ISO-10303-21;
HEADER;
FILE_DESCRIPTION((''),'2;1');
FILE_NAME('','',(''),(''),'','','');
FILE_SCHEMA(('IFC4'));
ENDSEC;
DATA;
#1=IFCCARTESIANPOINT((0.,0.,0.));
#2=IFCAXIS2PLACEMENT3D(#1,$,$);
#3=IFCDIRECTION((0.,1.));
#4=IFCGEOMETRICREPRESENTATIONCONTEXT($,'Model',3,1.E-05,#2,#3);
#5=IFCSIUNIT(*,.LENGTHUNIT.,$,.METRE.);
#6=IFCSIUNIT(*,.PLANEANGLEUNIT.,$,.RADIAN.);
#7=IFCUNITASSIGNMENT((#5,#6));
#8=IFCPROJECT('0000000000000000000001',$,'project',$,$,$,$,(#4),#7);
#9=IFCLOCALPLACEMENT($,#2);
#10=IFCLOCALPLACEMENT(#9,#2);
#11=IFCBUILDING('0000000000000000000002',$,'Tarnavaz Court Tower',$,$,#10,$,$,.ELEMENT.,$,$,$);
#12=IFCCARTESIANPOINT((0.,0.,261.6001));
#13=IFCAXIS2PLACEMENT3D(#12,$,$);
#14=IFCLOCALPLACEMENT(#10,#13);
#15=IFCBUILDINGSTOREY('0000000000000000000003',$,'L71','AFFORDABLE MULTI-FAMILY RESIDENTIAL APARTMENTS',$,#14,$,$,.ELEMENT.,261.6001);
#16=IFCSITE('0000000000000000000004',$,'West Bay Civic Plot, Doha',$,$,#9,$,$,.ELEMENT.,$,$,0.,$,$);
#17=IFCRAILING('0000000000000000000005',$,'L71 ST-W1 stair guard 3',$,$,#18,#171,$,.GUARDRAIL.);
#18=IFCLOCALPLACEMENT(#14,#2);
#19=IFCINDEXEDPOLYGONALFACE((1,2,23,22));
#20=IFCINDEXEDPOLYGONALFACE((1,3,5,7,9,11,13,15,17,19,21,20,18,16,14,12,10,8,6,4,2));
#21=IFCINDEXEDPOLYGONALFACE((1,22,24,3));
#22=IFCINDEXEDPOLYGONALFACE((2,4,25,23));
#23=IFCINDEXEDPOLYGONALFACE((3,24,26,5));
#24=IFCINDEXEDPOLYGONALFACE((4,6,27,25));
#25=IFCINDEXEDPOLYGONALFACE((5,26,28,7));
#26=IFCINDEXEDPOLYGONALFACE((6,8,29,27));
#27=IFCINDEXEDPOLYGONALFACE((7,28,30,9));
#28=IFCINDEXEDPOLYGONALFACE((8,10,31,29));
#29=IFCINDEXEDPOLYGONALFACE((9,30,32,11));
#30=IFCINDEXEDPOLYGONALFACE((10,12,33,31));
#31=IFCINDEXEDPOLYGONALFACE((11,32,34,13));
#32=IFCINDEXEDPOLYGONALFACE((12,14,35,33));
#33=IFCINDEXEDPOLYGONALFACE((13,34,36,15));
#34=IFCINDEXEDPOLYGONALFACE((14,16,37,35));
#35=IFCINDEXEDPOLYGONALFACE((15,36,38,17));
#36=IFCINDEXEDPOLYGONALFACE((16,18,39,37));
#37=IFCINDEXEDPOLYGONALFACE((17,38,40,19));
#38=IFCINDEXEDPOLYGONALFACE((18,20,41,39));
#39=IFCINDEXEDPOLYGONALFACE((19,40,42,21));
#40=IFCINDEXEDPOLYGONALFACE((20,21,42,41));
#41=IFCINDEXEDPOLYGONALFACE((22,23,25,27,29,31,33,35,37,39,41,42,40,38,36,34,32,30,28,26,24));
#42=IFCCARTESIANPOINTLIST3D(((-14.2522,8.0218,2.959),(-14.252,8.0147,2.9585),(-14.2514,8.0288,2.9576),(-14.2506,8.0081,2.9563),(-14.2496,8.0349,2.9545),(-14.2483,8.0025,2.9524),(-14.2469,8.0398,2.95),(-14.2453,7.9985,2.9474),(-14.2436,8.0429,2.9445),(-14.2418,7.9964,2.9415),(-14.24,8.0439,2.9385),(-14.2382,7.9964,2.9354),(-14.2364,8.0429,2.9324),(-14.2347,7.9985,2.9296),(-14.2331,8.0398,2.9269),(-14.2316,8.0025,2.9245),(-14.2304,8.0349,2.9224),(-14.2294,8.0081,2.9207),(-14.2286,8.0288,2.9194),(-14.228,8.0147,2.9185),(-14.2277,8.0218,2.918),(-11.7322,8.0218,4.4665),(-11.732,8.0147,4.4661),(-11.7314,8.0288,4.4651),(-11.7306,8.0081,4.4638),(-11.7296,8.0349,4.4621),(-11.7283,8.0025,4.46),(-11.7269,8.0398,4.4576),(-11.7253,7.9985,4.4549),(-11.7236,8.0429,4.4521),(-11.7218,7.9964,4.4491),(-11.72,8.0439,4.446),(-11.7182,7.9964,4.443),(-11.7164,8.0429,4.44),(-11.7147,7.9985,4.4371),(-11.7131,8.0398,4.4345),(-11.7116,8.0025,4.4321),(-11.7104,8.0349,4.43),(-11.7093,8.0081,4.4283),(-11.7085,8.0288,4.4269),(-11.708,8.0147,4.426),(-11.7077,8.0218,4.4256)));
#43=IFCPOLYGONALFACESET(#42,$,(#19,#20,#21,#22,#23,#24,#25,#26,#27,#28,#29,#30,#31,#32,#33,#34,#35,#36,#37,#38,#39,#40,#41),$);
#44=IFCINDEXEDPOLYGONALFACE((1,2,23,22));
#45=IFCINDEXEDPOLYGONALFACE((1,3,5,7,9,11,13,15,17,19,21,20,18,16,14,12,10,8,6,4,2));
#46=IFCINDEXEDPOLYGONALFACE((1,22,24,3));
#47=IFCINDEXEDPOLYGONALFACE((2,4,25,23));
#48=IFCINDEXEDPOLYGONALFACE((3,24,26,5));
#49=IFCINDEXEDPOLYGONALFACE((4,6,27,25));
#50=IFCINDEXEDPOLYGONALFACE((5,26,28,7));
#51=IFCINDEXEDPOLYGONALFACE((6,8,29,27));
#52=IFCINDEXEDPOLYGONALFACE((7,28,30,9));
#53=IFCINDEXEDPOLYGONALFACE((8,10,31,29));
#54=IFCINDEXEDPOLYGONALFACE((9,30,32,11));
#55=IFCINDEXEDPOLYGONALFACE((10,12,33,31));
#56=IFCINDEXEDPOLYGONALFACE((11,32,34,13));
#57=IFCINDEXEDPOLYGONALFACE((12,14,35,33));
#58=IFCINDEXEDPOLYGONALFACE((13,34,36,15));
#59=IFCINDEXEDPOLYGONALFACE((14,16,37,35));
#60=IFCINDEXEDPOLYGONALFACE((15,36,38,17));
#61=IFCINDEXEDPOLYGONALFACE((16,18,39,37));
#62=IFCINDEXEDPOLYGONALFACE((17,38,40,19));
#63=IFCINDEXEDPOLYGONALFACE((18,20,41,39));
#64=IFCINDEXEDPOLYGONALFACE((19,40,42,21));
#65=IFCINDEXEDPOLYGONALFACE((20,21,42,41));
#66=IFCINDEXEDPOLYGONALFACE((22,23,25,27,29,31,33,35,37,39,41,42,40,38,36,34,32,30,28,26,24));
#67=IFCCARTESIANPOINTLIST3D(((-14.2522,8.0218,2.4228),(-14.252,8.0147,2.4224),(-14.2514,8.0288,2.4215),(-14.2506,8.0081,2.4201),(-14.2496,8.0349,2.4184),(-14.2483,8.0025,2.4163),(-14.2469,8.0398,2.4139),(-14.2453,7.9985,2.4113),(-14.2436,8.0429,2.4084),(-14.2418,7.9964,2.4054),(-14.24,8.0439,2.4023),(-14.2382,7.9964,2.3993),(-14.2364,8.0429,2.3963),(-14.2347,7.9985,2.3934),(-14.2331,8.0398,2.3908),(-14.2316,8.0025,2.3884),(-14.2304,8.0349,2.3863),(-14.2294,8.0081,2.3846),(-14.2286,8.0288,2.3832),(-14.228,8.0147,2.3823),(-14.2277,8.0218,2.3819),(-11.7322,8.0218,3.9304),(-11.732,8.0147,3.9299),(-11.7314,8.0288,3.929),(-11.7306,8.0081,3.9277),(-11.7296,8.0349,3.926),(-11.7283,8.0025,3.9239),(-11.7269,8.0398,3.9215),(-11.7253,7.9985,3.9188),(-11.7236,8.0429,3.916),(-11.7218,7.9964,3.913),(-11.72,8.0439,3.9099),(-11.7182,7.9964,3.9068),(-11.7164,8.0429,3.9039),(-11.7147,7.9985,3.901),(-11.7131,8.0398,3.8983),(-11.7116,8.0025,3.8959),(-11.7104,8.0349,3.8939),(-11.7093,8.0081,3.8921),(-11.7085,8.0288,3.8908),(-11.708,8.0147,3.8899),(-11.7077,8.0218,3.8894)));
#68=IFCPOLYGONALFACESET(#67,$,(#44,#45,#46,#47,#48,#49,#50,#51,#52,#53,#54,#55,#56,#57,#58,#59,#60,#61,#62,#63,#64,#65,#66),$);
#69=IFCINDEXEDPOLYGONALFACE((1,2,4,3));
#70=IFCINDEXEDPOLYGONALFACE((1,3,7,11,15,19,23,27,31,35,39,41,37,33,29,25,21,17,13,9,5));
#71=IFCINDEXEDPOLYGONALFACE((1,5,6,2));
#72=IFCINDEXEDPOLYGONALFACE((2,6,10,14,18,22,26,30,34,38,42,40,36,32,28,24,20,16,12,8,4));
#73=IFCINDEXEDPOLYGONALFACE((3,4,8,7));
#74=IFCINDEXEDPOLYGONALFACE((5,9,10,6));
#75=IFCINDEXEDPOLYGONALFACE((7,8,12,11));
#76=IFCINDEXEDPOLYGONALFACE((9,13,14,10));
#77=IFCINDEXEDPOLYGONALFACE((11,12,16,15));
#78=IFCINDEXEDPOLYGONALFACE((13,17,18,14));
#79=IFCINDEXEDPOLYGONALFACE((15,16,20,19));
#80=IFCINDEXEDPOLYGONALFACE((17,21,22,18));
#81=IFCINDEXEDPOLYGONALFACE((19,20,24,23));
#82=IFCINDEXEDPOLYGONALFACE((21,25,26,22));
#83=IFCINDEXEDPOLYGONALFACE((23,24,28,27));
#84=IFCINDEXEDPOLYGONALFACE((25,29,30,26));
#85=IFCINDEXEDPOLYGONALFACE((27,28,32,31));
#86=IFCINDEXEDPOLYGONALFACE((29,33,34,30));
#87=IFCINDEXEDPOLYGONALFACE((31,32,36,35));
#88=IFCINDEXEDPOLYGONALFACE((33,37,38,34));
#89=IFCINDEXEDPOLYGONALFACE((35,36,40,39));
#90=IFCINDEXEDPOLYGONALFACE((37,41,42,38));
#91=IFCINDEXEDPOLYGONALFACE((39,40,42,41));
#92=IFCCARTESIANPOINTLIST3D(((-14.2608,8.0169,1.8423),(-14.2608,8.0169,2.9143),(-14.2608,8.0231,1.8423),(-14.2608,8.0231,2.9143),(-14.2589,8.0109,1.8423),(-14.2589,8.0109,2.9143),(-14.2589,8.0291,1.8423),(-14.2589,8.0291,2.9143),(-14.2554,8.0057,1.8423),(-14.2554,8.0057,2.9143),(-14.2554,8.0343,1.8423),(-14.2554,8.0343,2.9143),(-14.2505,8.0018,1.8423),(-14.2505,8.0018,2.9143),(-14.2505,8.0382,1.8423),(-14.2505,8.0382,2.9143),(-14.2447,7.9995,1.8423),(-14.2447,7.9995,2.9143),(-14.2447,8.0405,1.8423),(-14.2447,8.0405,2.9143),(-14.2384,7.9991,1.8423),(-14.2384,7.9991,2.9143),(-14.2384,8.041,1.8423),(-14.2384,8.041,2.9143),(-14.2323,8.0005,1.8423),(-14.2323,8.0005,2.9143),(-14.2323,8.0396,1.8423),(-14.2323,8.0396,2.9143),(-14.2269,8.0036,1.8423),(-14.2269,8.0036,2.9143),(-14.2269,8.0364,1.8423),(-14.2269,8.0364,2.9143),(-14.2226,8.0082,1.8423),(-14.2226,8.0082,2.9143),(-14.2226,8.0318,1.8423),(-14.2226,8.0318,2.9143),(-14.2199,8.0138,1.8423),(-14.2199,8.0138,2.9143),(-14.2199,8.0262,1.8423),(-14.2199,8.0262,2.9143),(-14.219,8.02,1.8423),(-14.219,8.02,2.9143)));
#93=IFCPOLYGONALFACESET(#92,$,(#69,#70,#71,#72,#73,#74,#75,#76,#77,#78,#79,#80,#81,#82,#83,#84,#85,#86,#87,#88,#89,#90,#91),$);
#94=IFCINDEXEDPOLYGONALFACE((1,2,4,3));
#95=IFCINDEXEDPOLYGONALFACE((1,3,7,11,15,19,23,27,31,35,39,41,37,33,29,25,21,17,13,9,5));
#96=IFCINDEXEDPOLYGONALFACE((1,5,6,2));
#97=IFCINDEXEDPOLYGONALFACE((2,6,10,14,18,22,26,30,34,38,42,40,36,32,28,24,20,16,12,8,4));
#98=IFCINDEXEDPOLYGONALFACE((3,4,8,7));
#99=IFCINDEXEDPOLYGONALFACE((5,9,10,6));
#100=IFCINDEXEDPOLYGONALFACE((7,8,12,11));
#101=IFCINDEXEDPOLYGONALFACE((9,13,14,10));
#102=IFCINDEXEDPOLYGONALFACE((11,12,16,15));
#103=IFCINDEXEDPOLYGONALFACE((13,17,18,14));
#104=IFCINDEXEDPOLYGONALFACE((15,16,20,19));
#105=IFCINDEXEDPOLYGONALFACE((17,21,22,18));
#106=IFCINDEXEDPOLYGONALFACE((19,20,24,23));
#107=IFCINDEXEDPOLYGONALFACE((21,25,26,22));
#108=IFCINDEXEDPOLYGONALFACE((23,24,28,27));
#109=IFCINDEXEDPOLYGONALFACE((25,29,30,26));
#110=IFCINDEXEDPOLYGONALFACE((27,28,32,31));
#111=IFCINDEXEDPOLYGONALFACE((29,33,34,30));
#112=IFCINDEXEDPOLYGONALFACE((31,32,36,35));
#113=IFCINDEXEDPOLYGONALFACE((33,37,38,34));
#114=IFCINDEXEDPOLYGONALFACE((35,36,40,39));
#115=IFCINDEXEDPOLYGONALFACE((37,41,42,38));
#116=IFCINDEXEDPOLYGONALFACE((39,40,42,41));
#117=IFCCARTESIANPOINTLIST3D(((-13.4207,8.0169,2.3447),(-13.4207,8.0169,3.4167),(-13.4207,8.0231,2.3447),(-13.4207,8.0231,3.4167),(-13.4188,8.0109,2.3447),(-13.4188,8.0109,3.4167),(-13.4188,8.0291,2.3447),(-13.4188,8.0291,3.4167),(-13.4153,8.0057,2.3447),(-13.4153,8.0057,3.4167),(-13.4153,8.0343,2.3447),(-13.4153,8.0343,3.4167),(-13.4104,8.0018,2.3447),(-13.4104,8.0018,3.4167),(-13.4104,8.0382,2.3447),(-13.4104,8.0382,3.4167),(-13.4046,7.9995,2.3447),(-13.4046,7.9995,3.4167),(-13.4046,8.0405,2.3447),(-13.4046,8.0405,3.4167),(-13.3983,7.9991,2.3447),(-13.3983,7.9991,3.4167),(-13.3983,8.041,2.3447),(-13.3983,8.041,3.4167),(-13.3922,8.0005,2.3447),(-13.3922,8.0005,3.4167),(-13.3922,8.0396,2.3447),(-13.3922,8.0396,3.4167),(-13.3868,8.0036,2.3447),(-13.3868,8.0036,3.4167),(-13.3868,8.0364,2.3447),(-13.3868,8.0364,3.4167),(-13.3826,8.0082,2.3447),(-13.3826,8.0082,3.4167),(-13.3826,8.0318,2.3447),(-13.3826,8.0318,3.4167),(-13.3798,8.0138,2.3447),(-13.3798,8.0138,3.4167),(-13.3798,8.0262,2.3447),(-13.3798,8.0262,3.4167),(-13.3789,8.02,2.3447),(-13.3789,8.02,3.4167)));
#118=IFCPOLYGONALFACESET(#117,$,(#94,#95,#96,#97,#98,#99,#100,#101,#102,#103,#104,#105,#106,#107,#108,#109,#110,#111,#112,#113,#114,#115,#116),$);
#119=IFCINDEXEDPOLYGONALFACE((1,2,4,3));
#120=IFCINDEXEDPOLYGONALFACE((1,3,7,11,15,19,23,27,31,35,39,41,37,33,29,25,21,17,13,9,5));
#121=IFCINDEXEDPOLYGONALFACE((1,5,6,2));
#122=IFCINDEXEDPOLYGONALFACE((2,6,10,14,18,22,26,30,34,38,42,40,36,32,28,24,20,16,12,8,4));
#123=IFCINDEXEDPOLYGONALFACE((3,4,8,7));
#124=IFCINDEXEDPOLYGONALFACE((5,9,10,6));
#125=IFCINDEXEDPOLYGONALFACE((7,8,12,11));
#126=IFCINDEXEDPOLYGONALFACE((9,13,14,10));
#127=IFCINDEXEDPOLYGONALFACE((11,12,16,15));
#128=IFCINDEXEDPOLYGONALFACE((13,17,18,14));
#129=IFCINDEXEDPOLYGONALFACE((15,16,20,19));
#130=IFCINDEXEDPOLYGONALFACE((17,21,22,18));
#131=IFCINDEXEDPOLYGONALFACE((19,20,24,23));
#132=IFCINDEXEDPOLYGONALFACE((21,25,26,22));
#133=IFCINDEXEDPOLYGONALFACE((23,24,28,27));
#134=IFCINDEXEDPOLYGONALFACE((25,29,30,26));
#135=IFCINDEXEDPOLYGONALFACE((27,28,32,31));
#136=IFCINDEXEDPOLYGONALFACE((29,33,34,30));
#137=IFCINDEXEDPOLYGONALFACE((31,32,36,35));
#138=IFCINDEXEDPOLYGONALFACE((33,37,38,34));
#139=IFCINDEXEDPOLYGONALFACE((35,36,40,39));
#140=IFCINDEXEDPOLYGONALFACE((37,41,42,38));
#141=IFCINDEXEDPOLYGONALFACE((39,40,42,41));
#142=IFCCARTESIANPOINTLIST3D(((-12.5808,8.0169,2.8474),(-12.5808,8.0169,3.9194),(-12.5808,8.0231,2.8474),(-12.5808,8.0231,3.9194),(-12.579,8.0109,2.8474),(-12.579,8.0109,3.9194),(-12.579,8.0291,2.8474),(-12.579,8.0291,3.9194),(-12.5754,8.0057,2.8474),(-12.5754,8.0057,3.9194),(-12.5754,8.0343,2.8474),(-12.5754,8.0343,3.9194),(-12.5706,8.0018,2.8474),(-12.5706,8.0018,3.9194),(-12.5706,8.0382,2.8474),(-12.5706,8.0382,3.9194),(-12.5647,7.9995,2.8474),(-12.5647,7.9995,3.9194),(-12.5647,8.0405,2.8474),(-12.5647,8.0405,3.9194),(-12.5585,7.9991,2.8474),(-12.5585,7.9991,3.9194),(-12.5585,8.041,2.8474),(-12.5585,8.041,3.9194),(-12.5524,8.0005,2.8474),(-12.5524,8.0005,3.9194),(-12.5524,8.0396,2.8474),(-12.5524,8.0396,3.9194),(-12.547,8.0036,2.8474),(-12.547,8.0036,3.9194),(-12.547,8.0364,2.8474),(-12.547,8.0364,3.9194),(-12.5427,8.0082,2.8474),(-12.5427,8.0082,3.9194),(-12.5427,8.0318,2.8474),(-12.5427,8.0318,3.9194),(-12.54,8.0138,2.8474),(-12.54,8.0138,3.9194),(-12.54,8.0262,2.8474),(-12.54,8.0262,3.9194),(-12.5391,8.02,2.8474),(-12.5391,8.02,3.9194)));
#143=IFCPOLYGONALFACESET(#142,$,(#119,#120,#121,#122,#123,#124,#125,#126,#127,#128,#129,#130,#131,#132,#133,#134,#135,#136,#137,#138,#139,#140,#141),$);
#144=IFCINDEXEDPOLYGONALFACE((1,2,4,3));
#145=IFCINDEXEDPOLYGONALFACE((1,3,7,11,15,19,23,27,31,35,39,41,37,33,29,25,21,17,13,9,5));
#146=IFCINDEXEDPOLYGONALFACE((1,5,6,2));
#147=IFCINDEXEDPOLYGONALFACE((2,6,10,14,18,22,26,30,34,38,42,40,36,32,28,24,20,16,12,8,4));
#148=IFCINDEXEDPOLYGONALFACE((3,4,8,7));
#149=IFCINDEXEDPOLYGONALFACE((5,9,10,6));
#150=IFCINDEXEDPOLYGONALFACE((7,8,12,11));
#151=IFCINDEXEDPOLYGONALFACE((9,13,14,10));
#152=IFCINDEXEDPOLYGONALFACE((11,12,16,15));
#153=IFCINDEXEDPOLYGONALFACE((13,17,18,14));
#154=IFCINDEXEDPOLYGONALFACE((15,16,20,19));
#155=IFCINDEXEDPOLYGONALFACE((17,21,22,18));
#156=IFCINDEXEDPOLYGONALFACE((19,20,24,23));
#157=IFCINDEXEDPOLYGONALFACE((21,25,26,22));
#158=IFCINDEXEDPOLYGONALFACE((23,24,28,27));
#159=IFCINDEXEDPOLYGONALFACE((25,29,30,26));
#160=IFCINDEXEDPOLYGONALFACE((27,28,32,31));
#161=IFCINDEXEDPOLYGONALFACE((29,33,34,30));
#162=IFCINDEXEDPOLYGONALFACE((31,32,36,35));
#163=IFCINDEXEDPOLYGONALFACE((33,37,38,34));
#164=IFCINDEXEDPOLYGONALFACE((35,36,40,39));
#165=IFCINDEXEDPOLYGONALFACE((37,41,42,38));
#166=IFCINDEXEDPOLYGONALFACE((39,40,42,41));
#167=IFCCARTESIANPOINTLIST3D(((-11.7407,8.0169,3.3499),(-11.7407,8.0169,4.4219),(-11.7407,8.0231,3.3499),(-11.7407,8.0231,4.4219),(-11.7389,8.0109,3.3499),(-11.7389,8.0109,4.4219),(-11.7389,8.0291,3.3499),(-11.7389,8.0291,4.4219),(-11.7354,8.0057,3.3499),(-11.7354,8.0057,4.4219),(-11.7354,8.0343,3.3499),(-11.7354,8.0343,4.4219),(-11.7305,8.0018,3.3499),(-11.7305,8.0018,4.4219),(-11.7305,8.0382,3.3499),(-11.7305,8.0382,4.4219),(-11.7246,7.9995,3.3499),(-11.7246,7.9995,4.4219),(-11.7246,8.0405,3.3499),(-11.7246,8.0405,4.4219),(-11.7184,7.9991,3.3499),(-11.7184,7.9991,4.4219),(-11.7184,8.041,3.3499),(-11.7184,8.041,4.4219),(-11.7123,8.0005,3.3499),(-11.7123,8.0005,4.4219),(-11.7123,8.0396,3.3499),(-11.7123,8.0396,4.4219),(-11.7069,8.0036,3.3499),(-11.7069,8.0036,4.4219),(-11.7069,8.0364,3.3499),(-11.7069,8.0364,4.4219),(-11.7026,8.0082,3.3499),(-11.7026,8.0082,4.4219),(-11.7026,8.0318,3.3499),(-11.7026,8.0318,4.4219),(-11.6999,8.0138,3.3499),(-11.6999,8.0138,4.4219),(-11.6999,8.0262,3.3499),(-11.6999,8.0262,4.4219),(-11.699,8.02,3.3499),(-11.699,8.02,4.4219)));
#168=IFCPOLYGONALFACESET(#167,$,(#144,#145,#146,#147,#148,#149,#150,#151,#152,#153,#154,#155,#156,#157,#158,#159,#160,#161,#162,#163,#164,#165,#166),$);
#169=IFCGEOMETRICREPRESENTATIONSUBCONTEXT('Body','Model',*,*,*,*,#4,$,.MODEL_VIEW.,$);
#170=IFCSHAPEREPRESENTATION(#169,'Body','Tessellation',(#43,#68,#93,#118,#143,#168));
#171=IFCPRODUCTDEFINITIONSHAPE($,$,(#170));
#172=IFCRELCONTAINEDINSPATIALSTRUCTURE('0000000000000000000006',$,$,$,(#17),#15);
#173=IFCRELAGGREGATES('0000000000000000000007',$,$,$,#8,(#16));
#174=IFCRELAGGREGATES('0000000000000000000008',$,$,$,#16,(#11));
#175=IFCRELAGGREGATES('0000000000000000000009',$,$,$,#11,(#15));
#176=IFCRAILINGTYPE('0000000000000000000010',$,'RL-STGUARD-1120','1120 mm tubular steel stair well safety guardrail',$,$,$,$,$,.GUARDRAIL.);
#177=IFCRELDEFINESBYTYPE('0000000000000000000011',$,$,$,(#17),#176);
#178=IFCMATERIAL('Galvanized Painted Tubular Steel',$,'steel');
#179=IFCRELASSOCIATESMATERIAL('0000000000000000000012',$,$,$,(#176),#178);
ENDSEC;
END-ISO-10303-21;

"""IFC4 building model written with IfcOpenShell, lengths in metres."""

from ifc_helpers import new_model, si_unit, direction, frame, origin, origin_2d, place, context, subcontext, project, spatial, circle, extrude, material, type_object, element, save


model = new_model("IFC4")

# Units and contexts
model_context = context("Model", 3, precision=1e-05, world=origin(), true_north=direction((0.0, 1.0)))
body_context = subcontext(model_context, "Body", "Model", "MODEL_VIEW")
ifc_project = project(units=[si_unit("LENGTHUNIT", "METRE"), si_unit("PLANEANGLEUNIT", "RADIAN")], contexts=[model_context])

# Site, building, storey
site_placement = place(None, origin())
site = spatial("IfcSite", under=ifc_project, at=site_placement, Name="West Bay Civic Plot, Doha", CompositionType="ELEMENT", RefElevation=0.0)
building_placement = place(site_placement, origin())
building = spatial("IfcBuilding", under=site, at=building_placement, Name="Tarnavaz Court Tower", CompositionType="ELEMENT")
storey_placement = place(building_placement, frame((0.0, 0.0, 261.6001)))
storey = spatial("IfcBuildingStorey", under=building, at=storey_placement, Name="L71", Description="AFFORDABLE MULTI-FAMILY RESIDENTIAL APARTMENTS", CompositionType="ELEMENT", Elevation=261.6001)

# Railing
ifc_material_1 = material(Name="Galvanized Painted Tubular Steel", Category="steel")
railing_type_1 = type_object("IfcRailingType", Name="RL-STGUARD-1120", Description="1120 mm tubular steel stair well safety guardrail", PredefinedType="GUARDRAIL", material=ifc_material_1)
railing_1_placement = place(storey_placement, frame((-14.24, 8.02, 1.8423)))
element("IfcRailing", 1, at=railing_1_placement, inside=storey, type_object=railing_type_1, Name="L71 ST-W1 stair guard 3", PredefinedType="GUARDRAIL", context=body_context, shape_type="SweptSolid", body=[
    extrude(circle(Radius=0.0239, at=origin_2d()), frame((0.0, 0.0, 1.0962), z_axis=(0.85816, 0.0, 0.513383), x_axis=(0.0, 1.0, 0.0)), (0.0, 0.0, 1.0), 2.9365),
    extrude(circle(Radius=0.0239, at=origin_2d()), frame((0.0, 0.0, 0.5601), z_axis=(0.85816, 0.0, 0.513383), x_axis=(0.0, 1.0, 0.0)), (0.0, 0.0, 1.0), 2.9365),
    extrude(circle(Radius=0.021, at=origin_2d()), origin(), (0.0, 0.0, 1.0), 1.072),
    extrude(circle(Radius=0.021, at=origin_2d()), frame((0.8401, 0.0, 0.5024)), (0.0, 0.0, 1.0), 1.072),
    extrude(circle(Radius=0.021, at=origin_2d()), frame((1.6799, 0.0, 1.0051)), (0.0, 0.0, 1.0), 1.072),
    extrude(circle(Radius=0.021, at=origin_2d()), frame((2.52, 0.0, 1.5076)), (0.0, 0.0, 1.0), 1.072),
])

save(model, "model.ifc")
